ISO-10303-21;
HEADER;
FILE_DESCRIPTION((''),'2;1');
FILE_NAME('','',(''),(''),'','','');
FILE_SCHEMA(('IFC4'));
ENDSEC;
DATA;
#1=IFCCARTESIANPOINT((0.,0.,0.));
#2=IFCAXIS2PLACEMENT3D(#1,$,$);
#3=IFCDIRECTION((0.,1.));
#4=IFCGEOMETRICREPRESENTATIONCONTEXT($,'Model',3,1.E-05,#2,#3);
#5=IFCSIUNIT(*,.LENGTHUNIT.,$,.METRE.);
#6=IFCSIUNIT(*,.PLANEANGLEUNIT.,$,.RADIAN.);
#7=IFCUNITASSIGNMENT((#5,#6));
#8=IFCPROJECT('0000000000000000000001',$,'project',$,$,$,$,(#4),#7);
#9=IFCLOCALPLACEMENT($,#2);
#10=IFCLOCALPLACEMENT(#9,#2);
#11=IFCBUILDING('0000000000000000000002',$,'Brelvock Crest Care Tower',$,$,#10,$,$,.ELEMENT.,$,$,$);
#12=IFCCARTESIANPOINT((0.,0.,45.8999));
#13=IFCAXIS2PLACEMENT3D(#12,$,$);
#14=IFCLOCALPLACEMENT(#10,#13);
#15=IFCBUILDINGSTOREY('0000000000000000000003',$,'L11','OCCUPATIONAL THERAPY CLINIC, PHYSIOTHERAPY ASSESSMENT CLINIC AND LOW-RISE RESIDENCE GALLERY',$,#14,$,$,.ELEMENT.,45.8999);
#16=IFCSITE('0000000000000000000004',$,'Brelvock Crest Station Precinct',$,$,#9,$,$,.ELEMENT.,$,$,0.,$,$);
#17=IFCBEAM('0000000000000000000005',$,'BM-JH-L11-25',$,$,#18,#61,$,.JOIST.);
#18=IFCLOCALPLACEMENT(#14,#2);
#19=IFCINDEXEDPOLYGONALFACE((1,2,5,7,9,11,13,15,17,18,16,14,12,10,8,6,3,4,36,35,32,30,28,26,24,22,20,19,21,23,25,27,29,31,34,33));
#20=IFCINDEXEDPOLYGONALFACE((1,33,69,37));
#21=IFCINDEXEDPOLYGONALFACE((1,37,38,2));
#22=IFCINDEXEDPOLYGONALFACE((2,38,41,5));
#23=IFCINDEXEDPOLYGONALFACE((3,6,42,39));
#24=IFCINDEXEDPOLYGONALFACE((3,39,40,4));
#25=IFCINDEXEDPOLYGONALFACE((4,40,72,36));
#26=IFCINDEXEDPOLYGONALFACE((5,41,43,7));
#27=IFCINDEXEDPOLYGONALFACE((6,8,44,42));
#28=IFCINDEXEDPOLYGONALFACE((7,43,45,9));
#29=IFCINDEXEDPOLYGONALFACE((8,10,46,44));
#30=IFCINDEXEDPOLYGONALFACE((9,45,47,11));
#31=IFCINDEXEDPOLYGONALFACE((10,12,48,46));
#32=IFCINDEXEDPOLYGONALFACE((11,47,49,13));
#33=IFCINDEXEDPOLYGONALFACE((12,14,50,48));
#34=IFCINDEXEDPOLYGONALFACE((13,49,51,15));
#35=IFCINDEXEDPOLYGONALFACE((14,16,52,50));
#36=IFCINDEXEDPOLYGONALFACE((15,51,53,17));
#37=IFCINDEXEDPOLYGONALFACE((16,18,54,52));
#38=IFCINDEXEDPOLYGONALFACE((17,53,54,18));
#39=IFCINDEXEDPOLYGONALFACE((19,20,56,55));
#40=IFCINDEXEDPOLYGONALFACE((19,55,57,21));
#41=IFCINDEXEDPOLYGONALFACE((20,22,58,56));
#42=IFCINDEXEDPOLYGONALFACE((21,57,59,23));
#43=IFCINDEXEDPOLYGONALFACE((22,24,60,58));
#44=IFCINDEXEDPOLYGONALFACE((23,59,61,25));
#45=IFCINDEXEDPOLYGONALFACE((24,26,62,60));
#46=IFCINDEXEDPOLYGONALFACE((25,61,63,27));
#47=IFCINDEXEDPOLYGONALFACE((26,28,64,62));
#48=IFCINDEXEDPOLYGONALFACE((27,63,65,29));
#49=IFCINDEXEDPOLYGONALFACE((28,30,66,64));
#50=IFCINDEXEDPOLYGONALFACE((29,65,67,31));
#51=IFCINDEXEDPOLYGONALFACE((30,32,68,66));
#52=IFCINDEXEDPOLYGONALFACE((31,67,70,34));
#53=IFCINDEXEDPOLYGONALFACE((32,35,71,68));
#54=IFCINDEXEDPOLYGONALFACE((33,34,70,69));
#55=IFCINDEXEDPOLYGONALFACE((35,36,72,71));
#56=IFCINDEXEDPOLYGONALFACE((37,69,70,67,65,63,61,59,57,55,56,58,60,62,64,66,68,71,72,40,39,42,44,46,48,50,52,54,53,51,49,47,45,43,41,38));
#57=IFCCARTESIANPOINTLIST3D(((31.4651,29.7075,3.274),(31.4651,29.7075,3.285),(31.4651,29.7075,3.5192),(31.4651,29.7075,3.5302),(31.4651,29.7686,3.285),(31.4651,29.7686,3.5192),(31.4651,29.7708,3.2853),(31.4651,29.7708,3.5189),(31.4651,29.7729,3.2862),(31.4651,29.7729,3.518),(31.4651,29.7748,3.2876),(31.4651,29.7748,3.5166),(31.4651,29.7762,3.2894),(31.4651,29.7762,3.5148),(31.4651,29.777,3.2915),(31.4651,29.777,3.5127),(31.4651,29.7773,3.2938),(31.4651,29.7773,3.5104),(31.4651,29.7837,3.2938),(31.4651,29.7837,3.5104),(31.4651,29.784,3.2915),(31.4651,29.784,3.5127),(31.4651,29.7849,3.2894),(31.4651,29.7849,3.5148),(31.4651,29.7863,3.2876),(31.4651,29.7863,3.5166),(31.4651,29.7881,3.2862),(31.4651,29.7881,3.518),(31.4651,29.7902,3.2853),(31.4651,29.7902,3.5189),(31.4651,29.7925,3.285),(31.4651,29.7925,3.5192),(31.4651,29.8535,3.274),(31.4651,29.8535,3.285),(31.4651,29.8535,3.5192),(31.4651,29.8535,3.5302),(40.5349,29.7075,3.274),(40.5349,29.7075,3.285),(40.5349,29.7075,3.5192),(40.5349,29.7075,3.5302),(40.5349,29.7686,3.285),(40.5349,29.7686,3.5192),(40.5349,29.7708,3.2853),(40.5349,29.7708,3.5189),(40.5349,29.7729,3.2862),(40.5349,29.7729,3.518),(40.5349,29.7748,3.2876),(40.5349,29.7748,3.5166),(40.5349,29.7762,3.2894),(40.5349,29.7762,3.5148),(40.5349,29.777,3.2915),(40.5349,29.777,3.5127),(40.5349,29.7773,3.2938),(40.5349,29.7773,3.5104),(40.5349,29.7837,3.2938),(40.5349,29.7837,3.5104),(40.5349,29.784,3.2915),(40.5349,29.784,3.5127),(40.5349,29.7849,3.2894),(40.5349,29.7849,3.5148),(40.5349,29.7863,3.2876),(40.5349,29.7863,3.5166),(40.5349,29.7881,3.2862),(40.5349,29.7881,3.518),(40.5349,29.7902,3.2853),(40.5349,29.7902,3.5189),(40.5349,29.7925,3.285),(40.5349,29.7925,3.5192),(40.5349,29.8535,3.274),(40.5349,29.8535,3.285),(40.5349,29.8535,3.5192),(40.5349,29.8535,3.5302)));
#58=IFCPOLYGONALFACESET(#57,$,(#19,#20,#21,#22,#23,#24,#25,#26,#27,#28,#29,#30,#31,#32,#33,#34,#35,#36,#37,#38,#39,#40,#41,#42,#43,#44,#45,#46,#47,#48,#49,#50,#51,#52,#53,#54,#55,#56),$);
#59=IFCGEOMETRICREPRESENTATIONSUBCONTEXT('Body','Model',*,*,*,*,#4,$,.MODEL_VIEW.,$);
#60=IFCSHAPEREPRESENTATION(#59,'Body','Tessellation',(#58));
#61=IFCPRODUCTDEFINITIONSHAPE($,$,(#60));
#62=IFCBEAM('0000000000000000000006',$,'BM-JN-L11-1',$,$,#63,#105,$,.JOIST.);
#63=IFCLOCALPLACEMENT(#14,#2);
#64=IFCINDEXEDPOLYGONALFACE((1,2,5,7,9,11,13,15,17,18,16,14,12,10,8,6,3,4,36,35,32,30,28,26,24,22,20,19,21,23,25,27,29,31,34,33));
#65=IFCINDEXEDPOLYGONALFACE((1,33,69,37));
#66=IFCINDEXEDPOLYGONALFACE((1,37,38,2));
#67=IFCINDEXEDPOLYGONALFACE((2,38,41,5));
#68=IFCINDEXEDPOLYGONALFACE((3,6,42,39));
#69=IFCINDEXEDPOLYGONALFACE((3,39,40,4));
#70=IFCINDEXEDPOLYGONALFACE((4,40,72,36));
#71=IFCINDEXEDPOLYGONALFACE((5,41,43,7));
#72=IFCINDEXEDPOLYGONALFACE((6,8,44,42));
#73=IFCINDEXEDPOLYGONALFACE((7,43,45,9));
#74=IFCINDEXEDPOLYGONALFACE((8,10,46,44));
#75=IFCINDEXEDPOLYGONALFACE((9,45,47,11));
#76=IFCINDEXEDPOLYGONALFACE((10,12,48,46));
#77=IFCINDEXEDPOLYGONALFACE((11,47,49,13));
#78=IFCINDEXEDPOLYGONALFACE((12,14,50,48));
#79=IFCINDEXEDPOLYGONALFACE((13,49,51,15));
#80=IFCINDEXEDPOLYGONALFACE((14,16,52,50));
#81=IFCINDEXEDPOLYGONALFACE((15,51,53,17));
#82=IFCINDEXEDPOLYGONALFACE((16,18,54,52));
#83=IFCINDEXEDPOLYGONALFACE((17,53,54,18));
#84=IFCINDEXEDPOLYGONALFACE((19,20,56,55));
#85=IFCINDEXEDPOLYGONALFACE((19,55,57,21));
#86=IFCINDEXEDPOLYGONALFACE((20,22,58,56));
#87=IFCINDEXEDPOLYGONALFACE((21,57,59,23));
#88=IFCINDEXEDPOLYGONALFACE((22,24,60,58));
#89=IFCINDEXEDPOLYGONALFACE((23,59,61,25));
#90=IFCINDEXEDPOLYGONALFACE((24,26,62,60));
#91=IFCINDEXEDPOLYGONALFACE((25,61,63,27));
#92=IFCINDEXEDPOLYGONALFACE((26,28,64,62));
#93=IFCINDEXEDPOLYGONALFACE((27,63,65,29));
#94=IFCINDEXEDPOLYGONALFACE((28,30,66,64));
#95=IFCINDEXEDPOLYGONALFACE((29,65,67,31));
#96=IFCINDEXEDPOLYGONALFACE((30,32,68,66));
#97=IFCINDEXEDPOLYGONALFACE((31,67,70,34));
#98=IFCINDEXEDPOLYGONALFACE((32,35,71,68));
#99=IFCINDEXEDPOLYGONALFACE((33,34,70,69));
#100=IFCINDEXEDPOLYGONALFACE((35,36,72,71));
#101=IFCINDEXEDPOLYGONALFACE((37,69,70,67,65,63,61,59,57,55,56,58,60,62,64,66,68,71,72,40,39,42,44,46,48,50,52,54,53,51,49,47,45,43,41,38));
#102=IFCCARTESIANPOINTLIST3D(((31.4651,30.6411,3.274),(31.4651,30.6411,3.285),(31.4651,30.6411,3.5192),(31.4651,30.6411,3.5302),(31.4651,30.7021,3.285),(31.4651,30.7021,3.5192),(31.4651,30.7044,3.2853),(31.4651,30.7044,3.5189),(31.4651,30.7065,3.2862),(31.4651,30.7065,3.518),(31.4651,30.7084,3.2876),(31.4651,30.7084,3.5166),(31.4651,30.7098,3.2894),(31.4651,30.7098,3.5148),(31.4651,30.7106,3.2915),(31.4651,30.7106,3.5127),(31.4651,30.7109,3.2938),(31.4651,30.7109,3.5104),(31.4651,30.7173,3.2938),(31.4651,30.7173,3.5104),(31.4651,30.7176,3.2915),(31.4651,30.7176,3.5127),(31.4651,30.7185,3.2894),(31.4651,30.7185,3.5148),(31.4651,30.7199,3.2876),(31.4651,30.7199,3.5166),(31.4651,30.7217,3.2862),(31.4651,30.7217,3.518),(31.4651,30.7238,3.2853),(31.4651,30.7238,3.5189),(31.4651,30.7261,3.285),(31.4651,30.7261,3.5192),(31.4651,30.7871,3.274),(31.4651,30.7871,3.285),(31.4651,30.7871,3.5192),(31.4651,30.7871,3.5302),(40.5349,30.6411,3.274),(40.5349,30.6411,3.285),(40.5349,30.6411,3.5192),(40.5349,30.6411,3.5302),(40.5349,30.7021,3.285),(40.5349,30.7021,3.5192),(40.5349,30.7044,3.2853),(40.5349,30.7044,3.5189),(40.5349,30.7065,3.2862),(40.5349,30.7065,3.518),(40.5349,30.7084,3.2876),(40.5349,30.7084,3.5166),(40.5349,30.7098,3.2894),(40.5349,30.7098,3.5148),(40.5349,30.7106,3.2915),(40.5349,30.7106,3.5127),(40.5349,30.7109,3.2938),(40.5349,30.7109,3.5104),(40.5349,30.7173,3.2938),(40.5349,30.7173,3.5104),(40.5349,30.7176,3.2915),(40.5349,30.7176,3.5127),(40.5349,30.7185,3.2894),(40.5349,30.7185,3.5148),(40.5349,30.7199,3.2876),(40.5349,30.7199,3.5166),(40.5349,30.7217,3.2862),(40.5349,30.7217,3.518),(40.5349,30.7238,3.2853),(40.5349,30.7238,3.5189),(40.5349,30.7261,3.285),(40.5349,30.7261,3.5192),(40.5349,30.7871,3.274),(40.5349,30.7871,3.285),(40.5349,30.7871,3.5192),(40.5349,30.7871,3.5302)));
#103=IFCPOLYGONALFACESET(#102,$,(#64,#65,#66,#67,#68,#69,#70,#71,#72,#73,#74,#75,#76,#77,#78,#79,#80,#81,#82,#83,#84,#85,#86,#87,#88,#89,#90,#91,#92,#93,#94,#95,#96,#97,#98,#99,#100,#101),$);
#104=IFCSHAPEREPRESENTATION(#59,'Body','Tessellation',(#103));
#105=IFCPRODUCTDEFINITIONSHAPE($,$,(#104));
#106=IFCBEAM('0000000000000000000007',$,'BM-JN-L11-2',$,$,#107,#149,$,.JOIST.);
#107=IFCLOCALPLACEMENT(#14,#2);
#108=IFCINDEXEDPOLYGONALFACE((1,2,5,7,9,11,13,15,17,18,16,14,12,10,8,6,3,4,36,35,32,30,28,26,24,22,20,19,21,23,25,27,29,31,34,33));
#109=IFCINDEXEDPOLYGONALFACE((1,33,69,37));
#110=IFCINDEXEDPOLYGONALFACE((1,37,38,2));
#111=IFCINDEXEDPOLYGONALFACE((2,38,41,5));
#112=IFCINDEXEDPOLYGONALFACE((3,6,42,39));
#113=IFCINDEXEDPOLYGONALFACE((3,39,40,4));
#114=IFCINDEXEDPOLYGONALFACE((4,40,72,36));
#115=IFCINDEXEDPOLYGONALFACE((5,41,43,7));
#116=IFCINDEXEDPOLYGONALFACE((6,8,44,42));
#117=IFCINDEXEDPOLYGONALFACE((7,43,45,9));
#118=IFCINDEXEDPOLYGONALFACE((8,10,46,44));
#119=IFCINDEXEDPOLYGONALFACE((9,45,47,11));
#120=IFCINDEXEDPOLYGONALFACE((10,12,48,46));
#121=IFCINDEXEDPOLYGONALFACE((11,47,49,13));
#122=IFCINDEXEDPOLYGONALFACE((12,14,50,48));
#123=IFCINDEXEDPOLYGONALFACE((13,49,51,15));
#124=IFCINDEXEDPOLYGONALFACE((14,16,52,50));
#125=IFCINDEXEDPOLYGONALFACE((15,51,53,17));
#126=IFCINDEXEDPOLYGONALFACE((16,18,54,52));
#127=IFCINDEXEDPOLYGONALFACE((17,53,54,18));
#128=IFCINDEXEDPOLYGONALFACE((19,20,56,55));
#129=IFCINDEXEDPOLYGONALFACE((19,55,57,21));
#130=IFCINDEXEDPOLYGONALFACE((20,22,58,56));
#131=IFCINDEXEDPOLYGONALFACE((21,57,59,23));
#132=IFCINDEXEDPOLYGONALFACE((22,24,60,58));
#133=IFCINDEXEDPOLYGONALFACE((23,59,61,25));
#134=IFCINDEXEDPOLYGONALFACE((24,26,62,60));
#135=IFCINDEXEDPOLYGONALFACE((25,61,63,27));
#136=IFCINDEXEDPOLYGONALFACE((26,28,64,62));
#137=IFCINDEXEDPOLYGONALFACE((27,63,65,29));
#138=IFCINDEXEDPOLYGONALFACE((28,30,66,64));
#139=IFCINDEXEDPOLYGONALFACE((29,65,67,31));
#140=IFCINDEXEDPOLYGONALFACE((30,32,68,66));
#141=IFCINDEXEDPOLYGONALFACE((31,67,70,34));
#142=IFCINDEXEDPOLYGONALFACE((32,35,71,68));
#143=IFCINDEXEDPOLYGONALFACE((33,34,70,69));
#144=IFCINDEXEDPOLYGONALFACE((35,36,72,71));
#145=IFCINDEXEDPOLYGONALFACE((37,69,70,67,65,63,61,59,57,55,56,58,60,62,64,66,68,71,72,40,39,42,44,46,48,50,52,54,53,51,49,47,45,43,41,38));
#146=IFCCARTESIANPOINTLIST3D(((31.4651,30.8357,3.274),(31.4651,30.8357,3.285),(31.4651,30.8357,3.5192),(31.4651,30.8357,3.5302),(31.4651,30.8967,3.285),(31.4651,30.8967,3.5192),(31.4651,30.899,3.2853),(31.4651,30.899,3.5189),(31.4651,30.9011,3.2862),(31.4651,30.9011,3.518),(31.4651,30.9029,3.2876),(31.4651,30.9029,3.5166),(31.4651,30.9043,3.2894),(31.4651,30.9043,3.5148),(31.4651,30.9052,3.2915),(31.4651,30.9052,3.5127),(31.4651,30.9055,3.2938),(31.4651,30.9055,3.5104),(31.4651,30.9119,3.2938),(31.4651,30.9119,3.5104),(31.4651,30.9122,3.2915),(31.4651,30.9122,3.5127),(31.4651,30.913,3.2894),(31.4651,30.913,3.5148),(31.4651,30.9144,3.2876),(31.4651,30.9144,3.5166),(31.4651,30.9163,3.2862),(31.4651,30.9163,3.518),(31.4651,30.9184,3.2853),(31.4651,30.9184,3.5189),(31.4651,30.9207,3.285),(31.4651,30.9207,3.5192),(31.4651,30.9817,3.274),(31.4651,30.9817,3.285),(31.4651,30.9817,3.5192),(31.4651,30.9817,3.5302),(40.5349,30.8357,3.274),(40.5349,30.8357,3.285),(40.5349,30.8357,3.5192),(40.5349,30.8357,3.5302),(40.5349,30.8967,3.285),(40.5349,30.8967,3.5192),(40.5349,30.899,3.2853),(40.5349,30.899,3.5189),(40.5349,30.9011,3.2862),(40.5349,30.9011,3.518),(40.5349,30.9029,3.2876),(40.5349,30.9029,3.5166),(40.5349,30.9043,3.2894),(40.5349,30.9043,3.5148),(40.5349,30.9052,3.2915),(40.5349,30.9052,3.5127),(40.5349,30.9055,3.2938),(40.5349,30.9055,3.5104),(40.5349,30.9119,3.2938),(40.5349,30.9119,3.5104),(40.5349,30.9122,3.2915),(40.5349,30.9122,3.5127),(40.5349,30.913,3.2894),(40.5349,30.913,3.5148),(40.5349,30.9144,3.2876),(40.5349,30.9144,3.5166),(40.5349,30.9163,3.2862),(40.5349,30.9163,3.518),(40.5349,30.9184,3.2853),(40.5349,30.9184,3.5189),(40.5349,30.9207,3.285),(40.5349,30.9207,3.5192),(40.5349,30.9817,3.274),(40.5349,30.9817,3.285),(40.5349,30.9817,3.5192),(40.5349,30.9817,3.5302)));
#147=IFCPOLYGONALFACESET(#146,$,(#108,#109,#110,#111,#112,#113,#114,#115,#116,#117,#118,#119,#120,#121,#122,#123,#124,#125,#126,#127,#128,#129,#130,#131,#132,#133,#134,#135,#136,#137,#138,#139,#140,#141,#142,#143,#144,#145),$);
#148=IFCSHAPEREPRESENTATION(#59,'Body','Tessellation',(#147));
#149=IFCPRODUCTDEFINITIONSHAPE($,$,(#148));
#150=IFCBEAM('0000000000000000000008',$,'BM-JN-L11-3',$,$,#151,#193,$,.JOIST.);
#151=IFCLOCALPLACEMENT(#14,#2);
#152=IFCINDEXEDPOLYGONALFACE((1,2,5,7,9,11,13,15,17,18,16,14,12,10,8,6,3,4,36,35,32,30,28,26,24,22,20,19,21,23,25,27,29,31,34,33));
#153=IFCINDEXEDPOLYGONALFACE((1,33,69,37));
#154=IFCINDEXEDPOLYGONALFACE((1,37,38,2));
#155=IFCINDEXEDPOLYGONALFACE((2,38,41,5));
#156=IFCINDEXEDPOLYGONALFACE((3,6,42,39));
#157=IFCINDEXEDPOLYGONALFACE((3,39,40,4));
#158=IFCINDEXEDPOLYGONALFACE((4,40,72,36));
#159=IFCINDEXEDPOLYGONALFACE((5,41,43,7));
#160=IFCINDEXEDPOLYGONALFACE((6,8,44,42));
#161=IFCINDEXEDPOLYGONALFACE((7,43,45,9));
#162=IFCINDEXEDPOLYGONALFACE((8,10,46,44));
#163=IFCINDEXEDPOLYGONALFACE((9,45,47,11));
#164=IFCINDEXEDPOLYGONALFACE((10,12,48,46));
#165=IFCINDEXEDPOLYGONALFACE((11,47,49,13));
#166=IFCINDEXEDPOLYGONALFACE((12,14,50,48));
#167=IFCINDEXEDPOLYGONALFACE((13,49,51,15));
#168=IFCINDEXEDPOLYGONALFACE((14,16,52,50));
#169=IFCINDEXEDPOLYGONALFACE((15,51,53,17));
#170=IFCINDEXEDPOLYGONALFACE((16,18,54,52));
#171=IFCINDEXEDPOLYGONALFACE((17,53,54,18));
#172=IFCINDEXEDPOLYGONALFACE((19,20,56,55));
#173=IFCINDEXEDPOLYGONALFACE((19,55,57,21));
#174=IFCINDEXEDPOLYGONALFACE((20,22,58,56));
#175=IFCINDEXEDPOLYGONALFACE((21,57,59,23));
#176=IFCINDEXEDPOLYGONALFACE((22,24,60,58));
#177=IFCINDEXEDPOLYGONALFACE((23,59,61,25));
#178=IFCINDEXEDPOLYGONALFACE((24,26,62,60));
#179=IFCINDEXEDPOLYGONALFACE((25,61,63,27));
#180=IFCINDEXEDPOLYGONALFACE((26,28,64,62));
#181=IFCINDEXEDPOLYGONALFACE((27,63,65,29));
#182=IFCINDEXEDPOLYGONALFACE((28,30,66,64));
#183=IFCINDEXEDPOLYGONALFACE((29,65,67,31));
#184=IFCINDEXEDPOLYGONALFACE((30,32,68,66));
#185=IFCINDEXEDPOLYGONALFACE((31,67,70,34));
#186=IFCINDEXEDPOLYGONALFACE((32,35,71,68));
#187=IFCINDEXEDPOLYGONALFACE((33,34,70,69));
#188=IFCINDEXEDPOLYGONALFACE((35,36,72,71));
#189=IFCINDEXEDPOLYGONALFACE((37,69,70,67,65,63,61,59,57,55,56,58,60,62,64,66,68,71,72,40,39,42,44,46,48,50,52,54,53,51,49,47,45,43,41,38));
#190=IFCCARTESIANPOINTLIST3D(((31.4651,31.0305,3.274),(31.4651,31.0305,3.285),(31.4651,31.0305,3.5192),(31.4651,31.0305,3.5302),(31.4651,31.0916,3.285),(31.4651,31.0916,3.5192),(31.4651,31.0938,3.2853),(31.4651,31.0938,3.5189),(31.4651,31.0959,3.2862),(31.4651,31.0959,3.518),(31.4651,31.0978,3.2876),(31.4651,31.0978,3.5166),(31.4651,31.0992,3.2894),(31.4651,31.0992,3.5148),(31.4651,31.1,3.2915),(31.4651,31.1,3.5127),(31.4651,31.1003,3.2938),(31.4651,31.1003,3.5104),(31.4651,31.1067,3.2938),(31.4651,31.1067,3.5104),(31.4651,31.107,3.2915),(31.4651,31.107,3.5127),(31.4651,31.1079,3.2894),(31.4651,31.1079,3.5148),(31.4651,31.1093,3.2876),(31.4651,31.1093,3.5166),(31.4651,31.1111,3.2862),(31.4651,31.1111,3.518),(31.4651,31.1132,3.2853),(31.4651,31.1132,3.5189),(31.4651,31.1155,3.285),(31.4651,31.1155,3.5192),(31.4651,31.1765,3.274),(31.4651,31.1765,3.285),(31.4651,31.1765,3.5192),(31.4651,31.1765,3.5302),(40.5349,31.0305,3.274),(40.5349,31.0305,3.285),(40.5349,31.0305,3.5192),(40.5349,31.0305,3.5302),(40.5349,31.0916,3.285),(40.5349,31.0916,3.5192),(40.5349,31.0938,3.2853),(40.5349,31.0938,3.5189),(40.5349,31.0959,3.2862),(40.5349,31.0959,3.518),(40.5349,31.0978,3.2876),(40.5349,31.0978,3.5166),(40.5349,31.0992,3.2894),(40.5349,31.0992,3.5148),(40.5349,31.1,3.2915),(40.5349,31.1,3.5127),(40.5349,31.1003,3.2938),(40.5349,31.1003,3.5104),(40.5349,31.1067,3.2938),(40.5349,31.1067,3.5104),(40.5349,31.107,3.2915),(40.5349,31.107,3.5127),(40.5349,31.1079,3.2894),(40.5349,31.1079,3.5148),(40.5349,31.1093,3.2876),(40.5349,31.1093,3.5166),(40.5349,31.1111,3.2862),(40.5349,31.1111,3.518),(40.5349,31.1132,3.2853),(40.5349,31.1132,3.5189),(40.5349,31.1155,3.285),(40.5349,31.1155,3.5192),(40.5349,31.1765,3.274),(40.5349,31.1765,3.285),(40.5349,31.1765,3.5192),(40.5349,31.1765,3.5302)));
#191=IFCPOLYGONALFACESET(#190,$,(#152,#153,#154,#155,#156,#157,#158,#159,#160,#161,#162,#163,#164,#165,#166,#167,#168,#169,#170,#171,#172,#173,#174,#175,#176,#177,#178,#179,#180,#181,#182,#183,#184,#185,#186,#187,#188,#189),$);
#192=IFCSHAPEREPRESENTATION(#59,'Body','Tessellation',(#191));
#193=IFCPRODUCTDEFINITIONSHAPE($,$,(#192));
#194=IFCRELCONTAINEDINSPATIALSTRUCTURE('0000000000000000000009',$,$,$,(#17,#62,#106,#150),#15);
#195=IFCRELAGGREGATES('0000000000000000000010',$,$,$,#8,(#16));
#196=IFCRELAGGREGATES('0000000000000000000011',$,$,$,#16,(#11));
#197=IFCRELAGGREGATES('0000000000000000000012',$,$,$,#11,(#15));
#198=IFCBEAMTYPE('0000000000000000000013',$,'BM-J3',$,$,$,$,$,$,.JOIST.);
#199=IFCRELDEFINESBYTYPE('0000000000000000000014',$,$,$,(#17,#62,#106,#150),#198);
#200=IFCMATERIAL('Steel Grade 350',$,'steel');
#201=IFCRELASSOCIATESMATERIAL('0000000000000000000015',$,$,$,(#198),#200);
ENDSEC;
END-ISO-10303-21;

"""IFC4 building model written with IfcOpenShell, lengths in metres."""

from ifc_helpers import new_model, si_unit, direction, frame, origin, origin_2d, place, context, subcontext, project, spatial, i_section, extrude, source, transform, mapped, material, material_profile, profile_set, type_object, element, save


model = new_model("IFC4")

# Units and contexts
model_context = context("Model", 3, precision=1e-05, world=origin(), true_north=direction((0.0, 1.0)))
body_context = subcontext(model_context, "Body", "Model", "MODEL_VIEW")
ifc_project = project(units=[si_unit("LENGTHUNIT", "METRE"), si_unit("PLANEANGLEUNIT", "RADIAN")], contexts=[model_context])

# Site, building, storey
site_placement = place(None, origin())
site = spatial("IfcSite", under=ifc_project, at=site_placement, Name="Brelvock Crest Station Precinct", CompositionType="ELEMENT", RefElevation=0.0)
building_placement = place(site_placement, origin())
building = spatial("IfcBuilding", under=site, at=building_placement, Name="Brelvock Crest Care Tower", CompositionType="ELEMENT")
storey_placement = place(building_placement, frame((0.0, 0.0, 45.8999)))
storey = spatial("IfcBuildingStorey", under=building, at=storey_placement, Name="L11", Description="OCCUPATIONAL THERAPY CLINIC, PHYSIOTHERAPY ASSESSMENT CLINIC AND LOW-RISE RESIDENCE GALLERY", CompositionType="ELEMENT", Elevation=45.8999)

# Beams
ifc_material_1 = material(Name="Steel Grade 350", Category="steel")
ifc_material_profile = material_profile(ifc_material_1, i_section(OverallWidth=0.146, OverallDepth=0.2561, WebThickness=0.0063, FlangeThickness=0.011, FilletRadius=0.0088, at=origin_2d()), Name="250UB37.3")
ifc_profile_set = profile_set([ifc_material_profile], Name="Steel Grade 350")
beam_type = type_object("IfcBeamType", Name="BM-J3", PredefinedType="JOIST", material=ifc_profile_set)
shared_shape_1 = source(origin(), body_context, "Body", "SweptSolid", [
    extrude(i_section(OverallWidth=0.146, OverallDepth=0.2561, WebThickness=0.0063, FlangeThickness=0.011, FilletRadius=0.0088, at=origin_2d()), origin(), (0.0, 0.0, 1.0), 9.0698),
])
for number, where, z_axis, x_axis, name in (
    (1, (31.4651, 29.7805, 3.4021), (1.0, 0.0, 0.0), (0.0, 1.0, 0.0), "BM-JH-L11-25"),
    (2, (31.4651, 30.7141, 3.4021), (1.0, 0.0, 0.0), (0.0, 1.0, 0.0), "BM-JN-L11-1"),
    (3, (31.4651, 30.9087, 3.4021), (1.0, 0.0, 0.0), (0.0, 1.0, 0.0), "BM-JN-L11-2"),
    (4, (31.4651, 31.1035, 3.4021), (1.0, 0.0, 0.0), (0.0, 1.0, 0.0), "BM-JN-L11-3"),
):
    element("IfcBeam", number, at=place(storey_placement, frame(where, z_axis=z_axis, x_axis=x_axis)), inside=storey, type_object=beam_type, Name=name, PredefinedType="JOIST", context=body_context, shape_type="MappedRepresentation", body=[
        mapped(shared_shape_1, transform((0.0, 0.0, 0.0), x_axis=(1.0, 0.0, 0.0), y_axis=(0.0, 1.0, 0.0), z_axis=(0.0, 0.0, 1.0), scale=1.0)),
    ])

save(model, "model.ifc")
